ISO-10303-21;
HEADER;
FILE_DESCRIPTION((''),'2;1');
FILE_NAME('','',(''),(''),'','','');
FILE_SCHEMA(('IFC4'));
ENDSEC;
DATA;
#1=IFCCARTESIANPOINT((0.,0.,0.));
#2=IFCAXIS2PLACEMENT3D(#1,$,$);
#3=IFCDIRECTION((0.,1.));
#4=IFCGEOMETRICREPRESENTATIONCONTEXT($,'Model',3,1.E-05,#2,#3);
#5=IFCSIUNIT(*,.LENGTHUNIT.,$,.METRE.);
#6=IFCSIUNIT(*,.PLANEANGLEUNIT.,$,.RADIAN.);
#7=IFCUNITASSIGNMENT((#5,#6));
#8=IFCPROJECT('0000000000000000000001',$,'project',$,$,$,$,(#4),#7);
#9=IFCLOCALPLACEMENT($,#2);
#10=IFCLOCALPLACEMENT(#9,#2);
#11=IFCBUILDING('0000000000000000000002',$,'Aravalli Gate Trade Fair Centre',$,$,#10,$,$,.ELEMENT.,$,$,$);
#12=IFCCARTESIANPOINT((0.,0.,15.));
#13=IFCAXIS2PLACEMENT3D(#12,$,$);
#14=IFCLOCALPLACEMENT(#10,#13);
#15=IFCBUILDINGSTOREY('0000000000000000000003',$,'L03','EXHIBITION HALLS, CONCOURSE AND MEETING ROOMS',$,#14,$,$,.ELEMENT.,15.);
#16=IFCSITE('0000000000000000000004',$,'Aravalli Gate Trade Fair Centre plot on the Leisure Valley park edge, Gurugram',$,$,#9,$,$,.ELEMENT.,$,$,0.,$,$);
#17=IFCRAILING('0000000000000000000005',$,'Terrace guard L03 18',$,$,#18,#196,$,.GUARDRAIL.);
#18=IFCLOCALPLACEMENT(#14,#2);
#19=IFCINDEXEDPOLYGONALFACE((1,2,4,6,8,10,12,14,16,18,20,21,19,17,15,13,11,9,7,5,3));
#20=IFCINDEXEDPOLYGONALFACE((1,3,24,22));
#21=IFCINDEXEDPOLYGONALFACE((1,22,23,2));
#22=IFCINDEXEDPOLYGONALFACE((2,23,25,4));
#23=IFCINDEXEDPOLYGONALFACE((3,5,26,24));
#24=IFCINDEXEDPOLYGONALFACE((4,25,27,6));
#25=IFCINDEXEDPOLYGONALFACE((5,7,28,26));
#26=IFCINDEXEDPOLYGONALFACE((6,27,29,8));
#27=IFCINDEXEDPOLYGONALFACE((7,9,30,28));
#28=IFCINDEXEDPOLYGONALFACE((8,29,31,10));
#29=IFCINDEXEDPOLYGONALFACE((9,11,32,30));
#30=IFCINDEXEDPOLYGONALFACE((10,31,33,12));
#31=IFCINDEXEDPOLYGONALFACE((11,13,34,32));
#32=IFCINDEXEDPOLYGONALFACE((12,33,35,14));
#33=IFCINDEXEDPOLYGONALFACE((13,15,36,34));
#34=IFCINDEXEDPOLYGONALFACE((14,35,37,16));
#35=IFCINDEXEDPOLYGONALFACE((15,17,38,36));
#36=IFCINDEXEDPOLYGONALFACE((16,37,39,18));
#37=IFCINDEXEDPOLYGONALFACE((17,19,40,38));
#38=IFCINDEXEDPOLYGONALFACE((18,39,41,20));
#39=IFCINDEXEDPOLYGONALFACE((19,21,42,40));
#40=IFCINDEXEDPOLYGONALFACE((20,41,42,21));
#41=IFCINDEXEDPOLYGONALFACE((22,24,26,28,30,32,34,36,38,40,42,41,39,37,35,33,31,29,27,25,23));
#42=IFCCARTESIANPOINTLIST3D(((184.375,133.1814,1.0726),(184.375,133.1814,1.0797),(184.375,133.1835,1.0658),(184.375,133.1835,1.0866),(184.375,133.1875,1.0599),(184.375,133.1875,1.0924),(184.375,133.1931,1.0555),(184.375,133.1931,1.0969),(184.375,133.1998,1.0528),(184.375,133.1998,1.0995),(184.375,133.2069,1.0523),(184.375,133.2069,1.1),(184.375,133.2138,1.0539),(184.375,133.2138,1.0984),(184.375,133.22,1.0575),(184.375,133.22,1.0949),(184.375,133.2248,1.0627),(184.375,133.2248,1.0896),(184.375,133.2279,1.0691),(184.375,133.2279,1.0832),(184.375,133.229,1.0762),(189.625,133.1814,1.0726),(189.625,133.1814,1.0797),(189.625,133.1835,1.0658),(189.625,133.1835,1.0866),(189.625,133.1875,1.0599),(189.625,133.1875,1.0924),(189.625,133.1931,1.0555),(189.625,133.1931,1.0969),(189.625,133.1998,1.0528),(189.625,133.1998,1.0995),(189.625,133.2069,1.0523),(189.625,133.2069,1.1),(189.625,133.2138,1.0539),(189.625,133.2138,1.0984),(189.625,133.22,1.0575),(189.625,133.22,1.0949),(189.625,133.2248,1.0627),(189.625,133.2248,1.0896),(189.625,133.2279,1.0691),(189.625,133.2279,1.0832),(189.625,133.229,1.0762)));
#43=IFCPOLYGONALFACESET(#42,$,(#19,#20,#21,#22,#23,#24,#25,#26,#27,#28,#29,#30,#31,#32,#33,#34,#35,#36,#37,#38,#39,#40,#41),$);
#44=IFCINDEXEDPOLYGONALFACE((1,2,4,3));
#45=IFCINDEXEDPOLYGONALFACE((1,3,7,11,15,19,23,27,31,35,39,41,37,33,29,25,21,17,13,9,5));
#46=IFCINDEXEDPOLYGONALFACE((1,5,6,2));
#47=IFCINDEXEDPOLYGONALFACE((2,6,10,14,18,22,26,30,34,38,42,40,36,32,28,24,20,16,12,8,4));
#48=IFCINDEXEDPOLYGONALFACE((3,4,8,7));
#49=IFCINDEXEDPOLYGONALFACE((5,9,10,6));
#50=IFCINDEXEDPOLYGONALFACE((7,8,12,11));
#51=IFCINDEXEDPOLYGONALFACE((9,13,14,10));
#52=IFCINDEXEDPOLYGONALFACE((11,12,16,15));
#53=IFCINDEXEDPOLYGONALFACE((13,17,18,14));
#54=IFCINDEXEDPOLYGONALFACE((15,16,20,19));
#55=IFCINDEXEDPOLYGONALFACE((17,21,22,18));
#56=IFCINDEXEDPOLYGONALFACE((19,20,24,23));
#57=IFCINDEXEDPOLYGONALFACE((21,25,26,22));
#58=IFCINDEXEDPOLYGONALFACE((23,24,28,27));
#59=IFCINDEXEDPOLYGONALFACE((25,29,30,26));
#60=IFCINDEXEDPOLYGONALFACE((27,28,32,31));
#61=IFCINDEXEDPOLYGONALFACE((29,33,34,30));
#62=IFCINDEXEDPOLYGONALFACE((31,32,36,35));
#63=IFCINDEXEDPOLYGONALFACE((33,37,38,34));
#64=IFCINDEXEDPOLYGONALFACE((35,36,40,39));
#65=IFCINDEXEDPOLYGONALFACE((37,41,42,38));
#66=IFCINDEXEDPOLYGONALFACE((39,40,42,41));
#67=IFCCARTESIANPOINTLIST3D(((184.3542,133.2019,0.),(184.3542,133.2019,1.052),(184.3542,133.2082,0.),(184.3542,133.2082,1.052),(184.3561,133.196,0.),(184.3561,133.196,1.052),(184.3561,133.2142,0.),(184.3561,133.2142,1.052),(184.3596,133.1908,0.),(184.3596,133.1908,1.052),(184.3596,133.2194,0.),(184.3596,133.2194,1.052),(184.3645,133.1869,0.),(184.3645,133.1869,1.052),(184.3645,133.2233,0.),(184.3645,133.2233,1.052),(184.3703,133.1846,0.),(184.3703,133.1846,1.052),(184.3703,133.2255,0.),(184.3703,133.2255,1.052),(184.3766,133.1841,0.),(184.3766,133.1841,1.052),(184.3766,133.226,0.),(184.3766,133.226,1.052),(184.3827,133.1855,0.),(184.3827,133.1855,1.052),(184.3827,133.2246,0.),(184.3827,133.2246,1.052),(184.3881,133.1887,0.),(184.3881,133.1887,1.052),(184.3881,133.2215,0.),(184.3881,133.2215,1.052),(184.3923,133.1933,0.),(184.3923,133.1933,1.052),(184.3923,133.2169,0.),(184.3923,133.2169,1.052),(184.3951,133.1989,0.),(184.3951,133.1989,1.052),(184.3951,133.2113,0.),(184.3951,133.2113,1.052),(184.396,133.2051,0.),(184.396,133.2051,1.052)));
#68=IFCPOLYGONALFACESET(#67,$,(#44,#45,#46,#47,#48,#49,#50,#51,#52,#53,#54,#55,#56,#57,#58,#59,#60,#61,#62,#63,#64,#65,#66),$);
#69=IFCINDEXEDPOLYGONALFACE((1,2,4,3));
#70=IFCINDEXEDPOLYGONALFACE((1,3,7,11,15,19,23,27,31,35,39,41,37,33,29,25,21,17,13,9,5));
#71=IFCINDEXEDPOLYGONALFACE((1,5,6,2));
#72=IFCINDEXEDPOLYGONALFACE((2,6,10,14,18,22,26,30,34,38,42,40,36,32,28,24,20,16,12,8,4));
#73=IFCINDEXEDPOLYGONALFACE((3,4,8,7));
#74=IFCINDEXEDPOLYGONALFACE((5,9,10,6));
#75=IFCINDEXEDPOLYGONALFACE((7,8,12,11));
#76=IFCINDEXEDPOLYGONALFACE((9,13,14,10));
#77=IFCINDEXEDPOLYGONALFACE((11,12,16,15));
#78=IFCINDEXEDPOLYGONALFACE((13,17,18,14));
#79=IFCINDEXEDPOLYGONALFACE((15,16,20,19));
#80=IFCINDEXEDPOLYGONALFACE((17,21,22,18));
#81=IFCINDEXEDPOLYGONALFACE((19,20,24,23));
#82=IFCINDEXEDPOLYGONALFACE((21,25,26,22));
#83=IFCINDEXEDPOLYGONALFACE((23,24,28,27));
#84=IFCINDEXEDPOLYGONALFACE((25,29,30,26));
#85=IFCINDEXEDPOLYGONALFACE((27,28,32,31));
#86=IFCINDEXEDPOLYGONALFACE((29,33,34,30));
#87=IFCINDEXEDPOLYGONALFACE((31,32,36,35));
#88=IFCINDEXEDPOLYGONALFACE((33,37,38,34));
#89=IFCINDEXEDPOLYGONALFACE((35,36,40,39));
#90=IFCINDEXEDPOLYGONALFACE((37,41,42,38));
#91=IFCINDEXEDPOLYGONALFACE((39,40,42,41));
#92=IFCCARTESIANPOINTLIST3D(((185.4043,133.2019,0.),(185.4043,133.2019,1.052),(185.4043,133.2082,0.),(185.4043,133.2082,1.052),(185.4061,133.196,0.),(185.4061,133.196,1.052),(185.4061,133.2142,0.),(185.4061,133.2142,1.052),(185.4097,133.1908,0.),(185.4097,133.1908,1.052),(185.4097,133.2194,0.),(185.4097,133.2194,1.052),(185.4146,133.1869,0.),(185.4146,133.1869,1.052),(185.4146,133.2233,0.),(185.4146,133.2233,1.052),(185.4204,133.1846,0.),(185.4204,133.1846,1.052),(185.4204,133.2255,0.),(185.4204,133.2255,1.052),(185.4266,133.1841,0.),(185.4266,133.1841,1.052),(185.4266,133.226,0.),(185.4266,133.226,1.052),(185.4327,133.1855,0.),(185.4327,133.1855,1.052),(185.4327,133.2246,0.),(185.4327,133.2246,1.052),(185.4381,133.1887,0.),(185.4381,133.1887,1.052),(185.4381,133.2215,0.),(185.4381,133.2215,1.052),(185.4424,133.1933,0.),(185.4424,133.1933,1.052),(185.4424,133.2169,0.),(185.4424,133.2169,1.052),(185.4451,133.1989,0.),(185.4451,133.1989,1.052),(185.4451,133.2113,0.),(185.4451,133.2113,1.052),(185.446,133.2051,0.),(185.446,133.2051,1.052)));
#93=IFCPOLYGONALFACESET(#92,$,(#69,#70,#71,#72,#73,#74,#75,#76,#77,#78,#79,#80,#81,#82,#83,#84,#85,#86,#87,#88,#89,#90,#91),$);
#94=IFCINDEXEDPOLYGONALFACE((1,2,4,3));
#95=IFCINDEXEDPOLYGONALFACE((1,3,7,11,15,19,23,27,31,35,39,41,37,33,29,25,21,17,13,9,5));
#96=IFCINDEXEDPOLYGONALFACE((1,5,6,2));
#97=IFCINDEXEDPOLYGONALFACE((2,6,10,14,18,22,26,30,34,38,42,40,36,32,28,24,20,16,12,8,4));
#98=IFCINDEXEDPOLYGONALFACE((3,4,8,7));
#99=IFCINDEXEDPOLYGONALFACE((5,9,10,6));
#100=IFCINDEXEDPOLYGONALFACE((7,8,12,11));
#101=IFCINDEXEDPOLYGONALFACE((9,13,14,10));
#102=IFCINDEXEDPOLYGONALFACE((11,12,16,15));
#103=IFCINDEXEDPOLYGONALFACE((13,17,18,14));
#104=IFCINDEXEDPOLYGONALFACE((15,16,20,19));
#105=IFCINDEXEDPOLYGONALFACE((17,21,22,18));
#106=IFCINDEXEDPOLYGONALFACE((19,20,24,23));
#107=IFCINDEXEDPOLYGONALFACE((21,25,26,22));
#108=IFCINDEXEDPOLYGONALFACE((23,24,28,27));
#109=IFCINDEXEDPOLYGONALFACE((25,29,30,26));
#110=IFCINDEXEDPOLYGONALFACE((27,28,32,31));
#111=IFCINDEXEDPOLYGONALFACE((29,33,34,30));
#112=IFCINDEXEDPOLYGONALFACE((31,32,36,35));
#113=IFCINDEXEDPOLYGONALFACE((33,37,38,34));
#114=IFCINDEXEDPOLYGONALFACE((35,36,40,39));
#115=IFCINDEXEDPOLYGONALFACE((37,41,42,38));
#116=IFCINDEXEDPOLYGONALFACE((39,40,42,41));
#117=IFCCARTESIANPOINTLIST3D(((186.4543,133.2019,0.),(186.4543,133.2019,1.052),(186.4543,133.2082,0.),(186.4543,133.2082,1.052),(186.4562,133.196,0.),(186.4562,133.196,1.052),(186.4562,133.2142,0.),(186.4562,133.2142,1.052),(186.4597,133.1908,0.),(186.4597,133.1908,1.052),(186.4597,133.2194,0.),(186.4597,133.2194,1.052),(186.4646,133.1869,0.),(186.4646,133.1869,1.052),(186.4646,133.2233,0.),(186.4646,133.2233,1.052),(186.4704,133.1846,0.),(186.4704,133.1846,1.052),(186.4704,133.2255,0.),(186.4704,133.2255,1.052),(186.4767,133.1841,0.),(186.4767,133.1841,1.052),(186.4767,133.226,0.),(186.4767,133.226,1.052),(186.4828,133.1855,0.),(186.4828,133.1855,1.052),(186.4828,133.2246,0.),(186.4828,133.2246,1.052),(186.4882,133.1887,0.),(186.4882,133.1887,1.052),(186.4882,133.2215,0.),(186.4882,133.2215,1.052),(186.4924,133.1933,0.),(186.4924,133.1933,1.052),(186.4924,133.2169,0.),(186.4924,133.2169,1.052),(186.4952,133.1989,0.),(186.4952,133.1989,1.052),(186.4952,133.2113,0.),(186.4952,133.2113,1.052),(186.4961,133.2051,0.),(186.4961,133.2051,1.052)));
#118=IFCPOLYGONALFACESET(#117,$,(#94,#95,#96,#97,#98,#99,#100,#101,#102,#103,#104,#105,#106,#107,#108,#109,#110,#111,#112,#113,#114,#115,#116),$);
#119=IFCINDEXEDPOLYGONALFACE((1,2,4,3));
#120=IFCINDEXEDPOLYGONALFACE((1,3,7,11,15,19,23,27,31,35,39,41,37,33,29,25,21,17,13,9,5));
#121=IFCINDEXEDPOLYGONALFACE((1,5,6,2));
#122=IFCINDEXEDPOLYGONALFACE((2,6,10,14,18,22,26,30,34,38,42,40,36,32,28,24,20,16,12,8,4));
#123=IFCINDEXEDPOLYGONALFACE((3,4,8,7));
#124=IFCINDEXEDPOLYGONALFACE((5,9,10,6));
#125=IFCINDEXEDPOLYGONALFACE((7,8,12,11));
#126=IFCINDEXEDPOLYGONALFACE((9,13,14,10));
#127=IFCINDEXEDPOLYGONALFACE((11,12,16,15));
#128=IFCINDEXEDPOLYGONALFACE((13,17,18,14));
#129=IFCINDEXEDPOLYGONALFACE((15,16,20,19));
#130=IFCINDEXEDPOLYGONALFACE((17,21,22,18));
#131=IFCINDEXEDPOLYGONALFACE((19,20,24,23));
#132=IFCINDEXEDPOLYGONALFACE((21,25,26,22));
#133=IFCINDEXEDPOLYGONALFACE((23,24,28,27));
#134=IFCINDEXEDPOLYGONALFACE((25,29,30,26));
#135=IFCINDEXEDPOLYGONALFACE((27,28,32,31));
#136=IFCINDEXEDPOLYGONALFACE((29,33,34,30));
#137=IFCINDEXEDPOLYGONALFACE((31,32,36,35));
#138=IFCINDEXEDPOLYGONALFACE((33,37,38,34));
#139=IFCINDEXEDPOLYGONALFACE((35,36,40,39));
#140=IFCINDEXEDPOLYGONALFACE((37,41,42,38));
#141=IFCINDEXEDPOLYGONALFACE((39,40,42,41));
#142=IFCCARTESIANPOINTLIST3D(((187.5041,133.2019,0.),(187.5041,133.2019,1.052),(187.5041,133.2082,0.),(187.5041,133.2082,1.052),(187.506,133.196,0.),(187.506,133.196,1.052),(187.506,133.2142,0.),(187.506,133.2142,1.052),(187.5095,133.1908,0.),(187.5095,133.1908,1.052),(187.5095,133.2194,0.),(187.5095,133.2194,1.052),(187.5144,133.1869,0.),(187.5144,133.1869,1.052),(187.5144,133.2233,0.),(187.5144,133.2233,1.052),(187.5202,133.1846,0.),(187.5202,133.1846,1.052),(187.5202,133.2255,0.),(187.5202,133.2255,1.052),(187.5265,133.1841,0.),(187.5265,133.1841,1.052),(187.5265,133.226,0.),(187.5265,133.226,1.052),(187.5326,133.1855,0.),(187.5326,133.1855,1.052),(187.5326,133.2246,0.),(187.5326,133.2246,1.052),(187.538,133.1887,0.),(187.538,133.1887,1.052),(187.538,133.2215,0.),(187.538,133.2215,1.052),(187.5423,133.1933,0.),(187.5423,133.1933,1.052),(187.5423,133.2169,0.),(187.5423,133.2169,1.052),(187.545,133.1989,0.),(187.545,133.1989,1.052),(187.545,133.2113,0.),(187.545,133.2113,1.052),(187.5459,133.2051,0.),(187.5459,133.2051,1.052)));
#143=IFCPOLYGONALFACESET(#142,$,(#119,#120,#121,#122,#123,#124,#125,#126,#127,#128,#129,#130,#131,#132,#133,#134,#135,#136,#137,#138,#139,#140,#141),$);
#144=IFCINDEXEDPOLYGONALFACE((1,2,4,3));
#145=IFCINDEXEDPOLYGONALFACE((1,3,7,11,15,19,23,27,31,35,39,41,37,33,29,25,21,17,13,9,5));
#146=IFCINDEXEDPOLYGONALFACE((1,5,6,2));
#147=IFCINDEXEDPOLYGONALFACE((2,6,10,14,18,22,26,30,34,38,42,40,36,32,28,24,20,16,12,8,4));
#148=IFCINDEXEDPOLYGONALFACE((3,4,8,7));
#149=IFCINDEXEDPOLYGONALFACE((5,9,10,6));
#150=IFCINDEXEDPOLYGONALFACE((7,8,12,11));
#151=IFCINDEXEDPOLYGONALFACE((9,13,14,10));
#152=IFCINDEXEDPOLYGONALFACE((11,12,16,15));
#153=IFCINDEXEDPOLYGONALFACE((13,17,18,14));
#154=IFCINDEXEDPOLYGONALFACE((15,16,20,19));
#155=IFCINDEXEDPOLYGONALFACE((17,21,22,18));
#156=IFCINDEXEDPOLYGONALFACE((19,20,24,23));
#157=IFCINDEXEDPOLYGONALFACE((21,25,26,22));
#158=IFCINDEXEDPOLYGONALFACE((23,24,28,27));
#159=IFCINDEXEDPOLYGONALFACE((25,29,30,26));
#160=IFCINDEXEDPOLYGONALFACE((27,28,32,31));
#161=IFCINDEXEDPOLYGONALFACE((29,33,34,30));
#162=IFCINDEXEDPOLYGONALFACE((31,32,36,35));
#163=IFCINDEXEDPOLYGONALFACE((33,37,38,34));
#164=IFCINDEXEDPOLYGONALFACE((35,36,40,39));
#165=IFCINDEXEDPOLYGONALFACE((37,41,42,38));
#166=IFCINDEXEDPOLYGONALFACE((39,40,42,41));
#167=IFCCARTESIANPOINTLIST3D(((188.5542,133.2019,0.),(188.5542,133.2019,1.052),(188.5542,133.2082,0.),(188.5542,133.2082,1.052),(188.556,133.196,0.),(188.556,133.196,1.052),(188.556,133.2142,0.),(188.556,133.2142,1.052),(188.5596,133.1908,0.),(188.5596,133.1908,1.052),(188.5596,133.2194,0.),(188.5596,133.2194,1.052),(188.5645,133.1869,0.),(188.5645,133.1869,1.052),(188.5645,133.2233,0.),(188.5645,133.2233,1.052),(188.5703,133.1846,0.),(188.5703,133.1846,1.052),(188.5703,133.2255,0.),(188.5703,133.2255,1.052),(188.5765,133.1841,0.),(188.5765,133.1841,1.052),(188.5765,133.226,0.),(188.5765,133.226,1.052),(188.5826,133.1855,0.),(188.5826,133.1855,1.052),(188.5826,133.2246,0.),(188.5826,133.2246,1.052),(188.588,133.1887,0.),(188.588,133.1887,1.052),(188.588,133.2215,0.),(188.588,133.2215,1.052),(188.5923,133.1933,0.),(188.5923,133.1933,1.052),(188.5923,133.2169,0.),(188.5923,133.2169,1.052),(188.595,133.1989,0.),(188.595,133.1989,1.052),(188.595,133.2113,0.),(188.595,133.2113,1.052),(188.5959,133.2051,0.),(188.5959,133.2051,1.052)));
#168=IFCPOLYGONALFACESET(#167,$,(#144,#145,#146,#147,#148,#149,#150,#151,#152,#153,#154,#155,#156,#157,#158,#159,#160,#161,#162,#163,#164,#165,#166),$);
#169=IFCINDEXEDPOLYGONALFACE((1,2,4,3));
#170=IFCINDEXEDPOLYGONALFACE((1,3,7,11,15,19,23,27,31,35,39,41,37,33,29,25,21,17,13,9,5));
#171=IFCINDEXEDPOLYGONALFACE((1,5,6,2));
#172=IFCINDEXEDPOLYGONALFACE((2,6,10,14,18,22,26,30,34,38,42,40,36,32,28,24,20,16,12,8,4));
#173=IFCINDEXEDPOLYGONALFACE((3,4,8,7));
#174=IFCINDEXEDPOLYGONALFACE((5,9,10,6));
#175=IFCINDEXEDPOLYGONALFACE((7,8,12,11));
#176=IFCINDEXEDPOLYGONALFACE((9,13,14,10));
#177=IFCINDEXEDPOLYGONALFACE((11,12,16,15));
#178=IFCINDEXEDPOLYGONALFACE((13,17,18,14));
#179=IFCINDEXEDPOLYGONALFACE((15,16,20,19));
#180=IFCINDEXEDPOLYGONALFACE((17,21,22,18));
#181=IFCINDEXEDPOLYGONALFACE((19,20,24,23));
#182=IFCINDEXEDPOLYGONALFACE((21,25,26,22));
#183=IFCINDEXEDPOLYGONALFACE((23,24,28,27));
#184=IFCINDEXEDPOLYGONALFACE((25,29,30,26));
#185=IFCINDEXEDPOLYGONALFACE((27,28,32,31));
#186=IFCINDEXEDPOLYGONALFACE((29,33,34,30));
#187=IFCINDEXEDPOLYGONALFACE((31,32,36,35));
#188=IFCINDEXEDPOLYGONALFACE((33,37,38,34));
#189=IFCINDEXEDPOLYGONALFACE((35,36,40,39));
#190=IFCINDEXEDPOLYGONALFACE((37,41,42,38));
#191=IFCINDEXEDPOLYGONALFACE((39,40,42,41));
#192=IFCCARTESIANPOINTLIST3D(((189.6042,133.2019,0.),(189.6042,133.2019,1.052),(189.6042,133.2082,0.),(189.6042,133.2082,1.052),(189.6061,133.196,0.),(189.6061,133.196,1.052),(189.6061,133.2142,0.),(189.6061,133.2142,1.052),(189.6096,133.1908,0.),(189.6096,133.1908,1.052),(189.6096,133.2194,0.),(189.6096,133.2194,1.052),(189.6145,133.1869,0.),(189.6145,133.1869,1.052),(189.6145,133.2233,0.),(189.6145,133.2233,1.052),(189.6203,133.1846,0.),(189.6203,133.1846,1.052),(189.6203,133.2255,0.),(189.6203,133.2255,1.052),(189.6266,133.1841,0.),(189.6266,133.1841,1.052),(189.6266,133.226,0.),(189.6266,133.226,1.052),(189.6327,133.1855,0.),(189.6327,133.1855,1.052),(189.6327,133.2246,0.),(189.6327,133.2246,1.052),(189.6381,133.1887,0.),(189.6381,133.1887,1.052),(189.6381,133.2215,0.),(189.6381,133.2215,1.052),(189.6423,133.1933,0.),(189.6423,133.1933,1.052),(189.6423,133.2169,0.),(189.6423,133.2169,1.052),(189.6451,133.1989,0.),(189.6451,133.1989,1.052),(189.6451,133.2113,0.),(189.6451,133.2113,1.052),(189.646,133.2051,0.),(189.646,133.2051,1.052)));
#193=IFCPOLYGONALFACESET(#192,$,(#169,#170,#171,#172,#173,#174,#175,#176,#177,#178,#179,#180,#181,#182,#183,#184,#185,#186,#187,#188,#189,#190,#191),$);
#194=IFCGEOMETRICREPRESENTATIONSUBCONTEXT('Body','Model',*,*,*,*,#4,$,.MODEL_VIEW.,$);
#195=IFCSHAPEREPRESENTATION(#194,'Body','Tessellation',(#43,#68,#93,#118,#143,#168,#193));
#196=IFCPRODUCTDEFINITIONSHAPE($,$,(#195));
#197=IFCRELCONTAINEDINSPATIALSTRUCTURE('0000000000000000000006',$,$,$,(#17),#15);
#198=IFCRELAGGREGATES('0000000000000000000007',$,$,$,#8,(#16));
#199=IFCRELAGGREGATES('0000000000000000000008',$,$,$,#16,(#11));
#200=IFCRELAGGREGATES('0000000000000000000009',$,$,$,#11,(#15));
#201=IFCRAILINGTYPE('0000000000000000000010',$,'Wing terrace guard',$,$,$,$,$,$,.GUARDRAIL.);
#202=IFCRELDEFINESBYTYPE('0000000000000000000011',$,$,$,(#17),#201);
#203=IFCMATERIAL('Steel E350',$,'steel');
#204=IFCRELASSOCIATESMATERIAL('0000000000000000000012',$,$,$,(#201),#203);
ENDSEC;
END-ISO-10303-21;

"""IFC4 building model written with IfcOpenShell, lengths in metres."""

from ifc_helpers import new_model, si_unit, direction, frame, origin, origin_2d, place, context, subcontext, project, spatial, circle, extrude, material, type_object, element, save


model = new_model("IFC4")

# Units and contexts
model_context = context("Model", 3, precision=1e-05, world=origin(), true_north=direction((0.0, 1.0)))
body_context = subcontext(model_context, "Body", "Model", "MODEL_VIEW")
ifc_project = project(units=[si_unit("LENGTHUNIT", "METRE"), si_unit("PLANEANGLEUNIT", "RADIAN")], contexts=[model_context])

# Site, building, storey
site_placement = place(None, origin())
site = spatial("IfcSite", under=ifc_project, at=site_placement, Name="Aravalli Gate Trade Fair Centre plot on the Leisure Valley park edge, Gurugram", CompositionType="ELEMENT", RefElevation=0.0)
building_placement = place(site_placement, origin())
building = spatial("IfcBuilding", under=site, at=building_placement, Name="Aravalli Gate Trade Fair Centre", CompositionType="ELEMENT")
storey_placement = place(building_placement, frame((0.0, 0.0, 15.0)))
storey = spatial("IfcBuildingStorey", under=building, at=storey_placement, Name="L03", Description="EXHIBITION HALLS, CONCOURSE AND MEETING ROOMS", CompositionType="ELEMENT", Elevation=15.0)

# Shared definitions
ifc_material_1 = material(Name="Steel E350", Category="steel")

# Railing
railing_type = type_object("IfcRailingType", Name="Wing terrace guard", PredefinedType="GUARDRAIL", material=ifc_material_1)
railing_1_placement = place(storey_placement, frame((184.375, 133.2051, 0.0)))
element("IfcRailing", 1, at=railing_1_placement, inside=storey, type_object=railing_type, Name="Terrace guard L03 18", PredefinedType="GUARDRAIL", context=body_context, shape_type="SweptSolid", body=[
    extrude(circle(Radius=0.0239, at=origin_2d()), frame((0.0, 0.0, 1.0762), z_axis=(1.0, 0.0, 0.0), x_axis=(0.0, 1.0, 0.0)), (0.0, 0.0, 1.0), 5.25),
    extrude(circle(Radius=0.021, at=origin_2d()), origin(), (0.0, 0.0, 1.0), 1.052),
    extrude(circle(Radius=0.021, at=origin_2d()), frame((1.05, 0.0, 0.0)), (0.0, 0.0, 1.0), 1.052),
    extrude(circle(Radius=0.021, at=origin_2d()), frame((2.1001, 0.0, 0.0)), (0.0, 0.0, 1.0), 1.052),
    extrude(circle(Radius=0.021, at=origin_2d()), frame((3.1499, 0.0, 0.0)), (0.0, 0.0, 1.0), 1.052),
    extrude(circle(Radius=0.021, at=origin_2d()), frame((4.2, 0.0, 0.0)), (0.0, 0.0, 1.0), 1.052),
    extrude(circle(Radius=0.021, at=origin_2d()), frame((5.25, 0.0, 0.0)), (0.0, 0.0, 1.0), 1.052),
])

save(model, "model.ifc")
